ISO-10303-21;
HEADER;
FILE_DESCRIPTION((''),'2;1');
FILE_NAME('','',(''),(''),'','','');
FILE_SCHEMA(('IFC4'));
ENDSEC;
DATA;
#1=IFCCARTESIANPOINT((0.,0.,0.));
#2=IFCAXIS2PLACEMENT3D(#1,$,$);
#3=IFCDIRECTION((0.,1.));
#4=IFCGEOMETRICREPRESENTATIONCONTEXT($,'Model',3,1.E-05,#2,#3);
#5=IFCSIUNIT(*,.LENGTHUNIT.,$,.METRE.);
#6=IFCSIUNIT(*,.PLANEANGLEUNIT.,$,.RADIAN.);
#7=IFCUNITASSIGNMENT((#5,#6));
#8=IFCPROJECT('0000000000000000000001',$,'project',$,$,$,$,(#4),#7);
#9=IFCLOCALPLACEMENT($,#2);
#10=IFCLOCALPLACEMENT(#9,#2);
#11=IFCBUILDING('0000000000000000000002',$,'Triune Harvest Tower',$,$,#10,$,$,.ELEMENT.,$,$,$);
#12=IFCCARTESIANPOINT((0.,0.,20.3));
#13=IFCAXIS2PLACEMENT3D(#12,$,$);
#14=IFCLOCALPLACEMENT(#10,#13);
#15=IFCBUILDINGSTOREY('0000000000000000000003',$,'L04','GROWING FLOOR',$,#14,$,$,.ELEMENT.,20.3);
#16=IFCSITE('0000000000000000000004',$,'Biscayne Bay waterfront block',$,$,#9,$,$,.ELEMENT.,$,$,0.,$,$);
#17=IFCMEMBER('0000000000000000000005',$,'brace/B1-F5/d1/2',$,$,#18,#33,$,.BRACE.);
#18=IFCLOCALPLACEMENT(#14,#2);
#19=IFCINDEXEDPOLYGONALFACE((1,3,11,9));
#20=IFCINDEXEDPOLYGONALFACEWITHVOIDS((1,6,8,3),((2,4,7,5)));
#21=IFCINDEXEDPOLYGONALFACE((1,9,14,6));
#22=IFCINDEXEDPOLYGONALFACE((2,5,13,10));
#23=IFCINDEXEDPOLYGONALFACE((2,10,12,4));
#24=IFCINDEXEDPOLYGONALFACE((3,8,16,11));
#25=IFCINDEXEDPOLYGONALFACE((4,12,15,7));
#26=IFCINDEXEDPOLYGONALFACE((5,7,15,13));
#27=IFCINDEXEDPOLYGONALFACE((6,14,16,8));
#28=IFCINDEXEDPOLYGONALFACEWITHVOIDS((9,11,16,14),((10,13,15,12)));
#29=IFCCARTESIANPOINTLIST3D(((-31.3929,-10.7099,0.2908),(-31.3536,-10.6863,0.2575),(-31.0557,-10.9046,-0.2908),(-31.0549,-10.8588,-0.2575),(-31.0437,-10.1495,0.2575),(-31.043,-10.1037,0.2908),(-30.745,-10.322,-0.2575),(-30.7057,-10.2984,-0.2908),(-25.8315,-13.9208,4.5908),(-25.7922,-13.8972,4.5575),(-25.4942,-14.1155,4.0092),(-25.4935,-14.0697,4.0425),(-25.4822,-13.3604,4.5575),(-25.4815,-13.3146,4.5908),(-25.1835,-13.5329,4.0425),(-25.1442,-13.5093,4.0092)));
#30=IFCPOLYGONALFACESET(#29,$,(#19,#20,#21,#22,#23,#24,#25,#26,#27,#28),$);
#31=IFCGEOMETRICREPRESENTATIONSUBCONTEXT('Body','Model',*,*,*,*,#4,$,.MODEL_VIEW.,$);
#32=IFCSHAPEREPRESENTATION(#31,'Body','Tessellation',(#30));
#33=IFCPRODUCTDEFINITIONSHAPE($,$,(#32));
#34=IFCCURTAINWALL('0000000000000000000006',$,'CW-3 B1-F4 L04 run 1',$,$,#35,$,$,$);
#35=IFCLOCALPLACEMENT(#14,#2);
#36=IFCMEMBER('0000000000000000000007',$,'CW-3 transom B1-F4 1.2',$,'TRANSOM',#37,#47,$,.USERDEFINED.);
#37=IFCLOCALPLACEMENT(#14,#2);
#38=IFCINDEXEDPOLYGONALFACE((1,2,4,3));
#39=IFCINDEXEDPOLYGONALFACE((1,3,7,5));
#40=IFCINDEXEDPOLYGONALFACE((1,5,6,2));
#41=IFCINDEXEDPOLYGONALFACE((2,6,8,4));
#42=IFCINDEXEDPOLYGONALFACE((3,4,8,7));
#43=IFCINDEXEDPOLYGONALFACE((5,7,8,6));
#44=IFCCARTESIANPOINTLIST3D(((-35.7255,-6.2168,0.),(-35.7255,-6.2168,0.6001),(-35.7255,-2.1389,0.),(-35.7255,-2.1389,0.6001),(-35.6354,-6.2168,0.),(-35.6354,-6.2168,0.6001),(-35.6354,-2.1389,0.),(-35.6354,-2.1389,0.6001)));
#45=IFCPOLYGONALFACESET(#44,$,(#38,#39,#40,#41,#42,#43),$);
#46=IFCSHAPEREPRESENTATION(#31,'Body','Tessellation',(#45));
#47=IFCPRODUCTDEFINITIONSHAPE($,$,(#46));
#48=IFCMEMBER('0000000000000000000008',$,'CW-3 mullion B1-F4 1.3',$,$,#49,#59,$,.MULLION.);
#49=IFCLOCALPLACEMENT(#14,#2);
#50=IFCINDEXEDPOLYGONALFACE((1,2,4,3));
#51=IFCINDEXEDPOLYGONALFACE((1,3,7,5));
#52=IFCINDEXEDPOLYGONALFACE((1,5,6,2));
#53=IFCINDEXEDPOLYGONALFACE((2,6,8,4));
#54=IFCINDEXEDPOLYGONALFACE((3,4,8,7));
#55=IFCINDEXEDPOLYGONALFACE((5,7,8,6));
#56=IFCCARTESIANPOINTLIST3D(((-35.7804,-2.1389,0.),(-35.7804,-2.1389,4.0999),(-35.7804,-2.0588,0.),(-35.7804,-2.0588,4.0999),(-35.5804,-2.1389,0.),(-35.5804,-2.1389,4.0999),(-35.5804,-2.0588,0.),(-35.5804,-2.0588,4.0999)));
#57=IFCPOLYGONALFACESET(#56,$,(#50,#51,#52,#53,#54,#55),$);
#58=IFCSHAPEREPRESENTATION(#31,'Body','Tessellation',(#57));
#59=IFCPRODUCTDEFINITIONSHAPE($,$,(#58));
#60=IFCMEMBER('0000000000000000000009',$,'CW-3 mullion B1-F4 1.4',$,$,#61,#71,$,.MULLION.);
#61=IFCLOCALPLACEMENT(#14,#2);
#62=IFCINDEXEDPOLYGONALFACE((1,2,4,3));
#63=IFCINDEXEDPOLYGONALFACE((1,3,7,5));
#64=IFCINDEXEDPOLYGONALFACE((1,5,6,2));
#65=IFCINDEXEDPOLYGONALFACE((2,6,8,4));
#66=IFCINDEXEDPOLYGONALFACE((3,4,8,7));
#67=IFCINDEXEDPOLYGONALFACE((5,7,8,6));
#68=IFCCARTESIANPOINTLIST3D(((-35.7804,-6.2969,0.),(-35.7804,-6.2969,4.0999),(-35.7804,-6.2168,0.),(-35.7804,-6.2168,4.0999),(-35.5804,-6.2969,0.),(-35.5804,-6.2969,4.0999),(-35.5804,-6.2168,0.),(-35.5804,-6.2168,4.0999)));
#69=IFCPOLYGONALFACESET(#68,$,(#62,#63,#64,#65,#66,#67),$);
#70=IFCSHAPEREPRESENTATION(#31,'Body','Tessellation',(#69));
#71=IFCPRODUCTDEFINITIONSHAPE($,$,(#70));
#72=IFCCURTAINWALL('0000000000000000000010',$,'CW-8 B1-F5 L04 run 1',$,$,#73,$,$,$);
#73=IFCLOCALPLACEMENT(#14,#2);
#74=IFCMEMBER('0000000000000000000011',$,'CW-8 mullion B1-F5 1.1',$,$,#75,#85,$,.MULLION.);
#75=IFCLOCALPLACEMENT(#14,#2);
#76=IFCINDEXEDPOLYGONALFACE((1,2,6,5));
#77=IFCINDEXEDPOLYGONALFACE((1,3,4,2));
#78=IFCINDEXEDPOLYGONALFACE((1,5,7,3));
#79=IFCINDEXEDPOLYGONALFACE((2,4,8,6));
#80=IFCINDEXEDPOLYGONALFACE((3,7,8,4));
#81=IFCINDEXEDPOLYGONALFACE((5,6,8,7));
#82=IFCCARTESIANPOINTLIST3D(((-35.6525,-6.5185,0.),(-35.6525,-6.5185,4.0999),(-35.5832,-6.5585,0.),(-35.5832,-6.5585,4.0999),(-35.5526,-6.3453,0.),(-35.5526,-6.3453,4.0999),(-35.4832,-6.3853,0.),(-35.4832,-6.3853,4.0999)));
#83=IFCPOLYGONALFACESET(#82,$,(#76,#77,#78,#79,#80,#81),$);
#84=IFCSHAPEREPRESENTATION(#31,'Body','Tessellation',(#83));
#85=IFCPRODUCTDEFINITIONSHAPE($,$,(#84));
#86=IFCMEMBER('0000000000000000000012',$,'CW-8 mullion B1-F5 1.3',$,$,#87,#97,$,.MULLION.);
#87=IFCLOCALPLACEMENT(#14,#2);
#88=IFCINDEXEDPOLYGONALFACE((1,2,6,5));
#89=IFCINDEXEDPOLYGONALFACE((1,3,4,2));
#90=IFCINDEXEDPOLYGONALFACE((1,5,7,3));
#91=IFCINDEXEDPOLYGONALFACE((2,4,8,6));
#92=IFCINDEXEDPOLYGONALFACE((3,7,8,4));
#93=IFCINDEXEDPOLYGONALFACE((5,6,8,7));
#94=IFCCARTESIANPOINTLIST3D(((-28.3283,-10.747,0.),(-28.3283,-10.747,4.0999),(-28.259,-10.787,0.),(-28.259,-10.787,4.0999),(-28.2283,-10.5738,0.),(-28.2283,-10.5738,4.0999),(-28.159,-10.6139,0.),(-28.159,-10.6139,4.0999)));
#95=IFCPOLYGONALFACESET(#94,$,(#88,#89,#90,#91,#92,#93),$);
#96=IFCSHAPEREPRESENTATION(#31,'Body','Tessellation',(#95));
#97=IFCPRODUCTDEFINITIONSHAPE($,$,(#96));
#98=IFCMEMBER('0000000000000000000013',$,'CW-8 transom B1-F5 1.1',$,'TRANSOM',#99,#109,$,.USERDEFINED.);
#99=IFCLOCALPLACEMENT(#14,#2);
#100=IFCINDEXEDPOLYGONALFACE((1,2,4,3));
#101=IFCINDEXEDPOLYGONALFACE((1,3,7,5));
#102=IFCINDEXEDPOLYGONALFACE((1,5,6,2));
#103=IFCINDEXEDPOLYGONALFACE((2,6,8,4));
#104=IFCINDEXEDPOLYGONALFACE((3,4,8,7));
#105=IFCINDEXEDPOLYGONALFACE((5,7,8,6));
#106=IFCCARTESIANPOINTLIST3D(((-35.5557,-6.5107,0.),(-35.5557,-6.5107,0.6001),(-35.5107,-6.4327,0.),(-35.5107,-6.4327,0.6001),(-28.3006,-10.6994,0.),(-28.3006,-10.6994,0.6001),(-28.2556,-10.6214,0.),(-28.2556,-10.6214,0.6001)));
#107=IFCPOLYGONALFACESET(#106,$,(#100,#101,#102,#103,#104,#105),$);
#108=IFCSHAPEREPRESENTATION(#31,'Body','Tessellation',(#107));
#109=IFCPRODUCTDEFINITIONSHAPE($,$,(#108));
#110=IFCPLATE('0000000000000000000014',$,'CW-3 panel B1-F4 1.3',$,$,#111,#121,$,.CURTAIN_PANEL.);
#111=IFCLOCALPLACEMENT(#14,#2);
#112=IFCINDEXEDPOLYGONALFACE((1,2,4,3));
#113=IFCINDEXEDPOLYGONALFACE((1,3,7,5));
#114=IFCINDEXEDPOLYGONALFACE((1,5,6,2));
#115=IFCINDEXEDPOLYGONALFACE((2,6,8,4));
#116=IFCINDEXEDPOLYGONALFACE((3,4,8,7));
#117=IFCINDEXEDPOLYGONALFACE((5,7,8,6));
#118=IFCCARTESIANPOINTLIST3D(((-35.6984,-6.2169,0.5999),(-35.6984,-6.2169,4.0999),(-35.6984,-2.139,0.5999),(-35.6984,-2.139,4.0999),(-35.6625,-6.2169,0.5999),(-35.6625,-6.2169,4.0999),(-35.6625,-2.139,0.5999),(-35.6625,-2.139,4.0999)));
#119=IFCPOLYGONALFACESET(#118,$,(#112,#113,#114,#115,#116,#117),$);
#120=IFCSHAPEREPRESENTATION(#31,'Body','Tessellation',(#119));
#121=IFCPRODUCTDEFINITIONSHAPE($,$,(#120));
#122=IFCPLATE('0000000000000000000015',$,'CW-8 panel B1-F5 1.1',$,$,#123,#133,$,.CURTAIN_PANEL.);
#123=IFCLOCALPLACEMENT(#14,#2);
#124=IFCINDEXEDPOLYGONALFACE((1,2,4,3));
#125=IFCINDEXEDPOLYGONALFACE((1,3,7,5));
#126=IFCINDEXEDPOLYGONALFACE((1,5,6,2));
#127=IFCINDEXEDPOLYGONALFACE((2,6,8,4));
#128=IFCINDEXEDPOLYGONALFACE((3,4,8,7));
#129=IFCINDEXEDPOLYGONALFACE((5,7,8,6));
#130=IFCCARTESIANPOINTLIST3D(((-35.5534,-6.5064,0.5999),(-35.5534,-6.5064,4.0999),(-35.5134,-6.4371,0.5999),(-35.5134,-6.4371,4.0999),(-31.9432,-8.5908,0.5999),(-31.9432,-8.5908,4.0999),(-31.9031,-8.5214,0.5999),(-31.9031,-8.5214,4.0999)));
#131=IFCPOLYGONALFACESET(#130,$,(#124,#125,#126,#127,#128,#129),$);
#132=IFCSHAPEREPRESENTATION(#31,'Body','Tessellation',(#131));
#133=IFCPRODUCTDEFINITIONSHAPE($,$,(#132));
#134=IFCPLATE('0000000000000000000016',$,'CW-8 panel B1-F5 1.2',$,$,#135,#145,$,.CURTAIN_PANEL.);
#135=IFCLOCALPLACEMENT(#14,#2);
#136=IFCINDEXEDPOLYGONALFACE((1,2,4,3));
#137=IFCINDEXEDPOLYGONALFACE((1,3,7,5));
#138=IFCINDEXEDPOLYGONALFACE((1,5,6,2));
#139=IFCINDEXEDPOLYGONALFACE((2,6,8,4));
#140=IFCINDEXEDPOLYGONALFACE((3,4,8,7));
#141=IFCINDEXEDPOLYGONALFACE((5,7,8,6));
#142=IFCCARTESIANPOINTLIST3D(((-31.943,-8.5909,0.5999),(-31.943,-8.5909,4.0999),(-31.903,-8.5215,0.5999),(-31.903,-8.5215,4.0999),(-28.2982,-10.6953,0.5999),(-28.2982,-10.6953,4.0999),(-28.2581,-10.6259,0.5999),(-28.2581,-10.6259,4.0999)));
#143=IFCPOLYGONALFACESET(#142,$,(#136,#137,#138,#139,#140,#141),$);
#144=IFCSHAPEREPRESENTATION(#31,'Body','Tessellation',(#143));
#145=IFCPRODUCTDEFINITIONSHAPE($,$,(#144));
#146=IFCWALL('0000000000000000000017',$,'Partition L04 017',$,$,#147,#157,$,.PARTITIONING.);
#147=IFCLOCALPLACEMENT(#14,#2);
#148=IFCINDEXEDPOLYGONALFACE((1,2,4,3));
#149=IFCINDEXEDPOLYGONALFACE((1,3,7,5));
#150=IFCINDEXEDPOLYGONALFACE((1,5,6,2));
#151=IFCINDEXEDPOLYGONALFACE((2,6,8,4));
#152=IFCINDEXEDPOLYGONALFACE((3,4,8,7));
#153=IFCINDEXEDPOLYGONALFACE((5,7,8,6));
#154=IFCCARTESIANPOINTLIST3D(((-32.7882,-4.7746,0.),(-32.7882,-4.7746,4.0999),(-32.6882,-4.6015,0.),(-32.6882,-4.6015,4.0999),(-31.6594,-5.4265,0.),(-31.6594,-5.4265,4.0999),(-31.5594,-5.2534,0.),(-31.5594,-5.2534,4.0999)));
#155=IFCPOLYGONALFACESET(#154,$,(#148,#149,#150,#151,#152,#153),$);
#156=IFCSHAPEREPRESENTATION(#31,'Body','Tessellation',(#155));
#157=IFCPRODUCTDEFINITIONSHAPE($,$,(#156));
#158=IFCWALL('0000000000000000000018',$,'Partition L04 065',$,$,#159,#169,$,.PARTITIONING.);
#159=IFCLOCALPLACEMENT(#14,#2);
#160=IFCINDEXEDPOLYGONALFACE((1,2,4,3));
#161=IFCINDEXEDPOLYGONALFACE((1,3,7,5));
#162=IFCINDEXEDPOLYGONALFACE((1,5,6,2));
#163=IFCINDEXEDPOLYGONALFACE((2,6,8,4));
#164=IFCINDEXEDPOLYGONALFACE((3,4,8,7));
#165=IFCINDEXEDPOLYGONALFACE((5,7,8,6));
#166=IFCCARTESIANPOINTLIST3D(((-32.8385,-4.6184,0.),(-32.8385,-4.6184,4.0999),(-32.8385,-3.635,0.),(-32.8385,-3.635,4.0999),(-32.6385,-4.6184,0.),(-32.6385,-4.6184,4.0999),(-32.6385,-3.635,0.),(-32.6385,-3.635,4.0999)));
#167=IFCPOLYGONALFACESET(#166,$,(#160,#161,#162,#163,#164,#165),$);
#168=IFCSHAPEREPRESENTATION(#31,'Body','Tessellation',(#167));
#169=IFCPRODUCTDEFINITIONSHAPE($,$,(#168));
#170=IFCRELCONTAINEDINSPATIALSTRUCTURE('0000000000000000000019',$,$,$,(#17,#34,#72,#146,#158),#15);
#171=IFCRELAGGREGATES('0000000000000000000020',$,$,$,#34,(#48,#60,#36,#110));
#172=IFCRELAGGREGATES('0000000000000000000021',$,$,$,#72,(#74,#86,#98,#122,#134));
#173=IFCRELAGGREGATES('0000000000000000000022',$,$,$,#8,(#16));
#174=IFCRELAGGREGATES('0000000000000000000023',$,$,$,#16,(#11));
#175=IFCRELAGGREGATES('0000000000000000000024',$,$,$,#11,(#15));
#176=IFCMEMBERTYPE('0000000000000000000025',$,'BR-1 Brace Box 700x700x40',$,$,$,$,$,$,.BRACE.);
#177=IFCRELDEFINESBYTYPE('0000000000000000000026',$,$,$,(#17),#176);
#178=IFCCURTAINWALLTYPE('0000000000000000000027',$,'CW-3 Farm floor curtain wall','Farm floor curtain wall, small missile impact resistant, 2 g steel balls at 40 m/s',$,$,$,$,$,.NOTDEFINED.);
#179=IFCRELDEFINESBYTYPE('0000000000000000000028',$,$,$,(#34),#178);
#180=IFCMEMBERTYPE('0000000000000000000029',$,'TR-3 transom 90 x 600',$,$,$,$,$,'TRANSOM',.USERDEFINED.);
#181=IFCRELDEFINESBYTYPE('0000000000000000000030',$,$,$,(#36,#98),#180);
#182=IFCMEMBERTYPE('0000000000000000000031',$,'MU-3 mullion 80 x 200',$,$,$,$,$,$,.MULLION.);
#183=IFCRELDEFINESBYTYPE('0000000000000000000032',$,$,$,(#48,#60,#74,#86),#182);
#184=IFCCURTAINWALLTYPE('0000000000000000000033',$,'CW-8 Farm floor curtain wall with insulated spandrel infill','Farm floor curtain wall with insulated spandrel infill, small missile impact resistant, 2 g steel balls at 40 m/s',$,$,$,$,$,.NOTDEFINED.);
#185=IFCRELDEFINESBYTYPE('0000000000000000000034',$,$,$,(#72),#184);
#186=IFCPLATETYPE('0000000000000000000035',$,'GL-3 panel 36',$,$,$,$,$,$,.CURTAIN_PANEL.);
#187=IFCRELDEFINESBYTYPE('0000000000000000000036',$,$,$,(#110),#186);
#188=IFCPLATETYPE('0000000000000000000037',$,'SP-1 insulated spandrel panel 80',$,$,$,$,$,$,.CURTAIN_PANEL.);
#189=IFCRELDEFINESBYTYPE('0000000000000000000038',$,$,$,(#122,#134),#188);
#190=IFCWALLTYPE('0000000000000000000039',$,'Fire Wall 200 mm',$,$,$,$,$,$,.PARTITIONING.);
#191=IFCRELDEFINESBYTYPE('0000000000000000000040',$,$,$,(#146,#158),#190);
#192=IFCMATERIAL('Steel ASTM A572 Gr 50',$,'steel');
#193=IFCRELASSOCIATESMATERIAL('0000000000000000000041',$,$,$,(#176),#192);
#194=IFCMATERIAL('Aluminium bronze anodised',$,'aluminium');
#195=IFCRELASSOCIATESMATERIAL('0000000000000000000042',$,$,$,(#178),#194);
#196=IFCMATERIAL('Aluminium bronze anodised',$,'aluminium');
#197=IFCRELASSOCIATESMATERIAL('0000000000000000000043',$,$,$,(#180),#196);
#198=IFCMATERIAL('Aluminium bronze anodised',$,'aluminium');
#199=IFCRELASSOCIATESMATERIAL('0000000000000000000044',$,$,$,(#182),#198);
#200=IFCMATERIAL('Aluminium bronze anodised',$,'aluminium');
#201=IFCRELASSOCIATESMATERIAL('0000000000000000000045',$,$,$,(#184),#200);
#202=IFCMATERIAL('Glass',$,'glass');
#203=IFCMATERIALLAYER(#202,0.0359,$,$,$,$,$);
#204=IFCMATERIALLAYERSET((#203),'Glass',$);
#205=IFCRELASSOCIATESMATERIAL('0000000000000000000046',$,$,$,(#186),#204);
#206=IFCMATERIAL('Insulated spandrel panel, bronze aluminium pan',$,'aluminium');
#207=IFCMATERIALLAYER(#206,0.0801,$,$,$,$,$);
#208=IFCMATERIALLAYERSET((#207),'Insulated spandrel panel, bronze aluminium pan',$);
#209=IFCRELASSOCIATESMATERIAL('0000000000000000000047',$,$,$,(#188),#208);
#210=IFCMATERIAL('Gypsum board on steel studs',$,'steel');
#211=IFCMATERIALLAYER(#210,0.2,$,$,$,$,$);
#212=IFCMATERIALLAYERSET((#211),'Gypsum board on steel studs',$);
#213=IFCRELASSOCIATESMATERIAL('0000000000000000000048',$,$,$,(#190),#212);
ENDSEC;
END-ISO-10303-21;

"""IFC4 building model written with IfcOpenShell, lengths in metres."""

from ifc_helpers import new_model, si_unit, direction, frame, frame_2d, origin, origin_2d, place, context, subcontext, project, spatial, rectangle, hollow_rectangle, extrude, source, transform, mapped, material, layer, layer_set, material_profile, profile_set, type_object, element, aggregate, save


model = new_model("IFC4")

# Units and contexts
model_context = context("Model", 3, precision=1e-05, world=origin(), true_north=direction((0.0, 1.0)))
body_context = subcontext(model_context, "Body", "Model", "MODEL_VIEW")
ifc_project = project(units=[si_unit("LENGTHUNIT", "METRE"), si_unit("PLANEANGLEUNIT", "RADIAN")], contexts=[model_context])

# Site, building, storey
site_placement = place(None, origin())
site = spatial("IfcSite", under=ifc_project, at=site_placement, Name="Biscayne Bay waterfront block", CompositionType="ELEMENT", RefElevation=0.0)
building_placement = place(site_placement, origin())
building = spatial("IfcBuilding", under=site, at=building_placement, Name="Triune Harvest Tower", CompositionType="ELEMENT")
storey_placement = place(building_placement, frame((0.0, 0.0, 20.3)))
storey = spatial("IfcBuildingStorey", under=building, at=storey_placement, Name="L04", Description="GROWING FLOOR", CompositionType="ELEMENT", Elevation=20.3)

# Member
ifc_material_1 = material(Name="Steel ASTM A572 Gr 50", Category="steel")
ifc_material_profile_1 = material_profile(ifc_material_1, hollow_rectangle(XDim=0.7, YDim=0.7, WallThickness=0.04, at=origin_2d()), Name="Box 700x700x40")
ifc_profile_set_1 = profile_set([ifc_material_profile_1], Name="Steel ASTM A572 Gr 50")
member_type_1 = type_object("IfcMemberType", Name="BR-1 Brace Box 700x700x40", PredefinedType="BRACE", material=ifc_profile_set_1)
shared_shape_1 = source(origin(), body_context, "Body", "SweptSolid", [
    extrude(hollow_rectangle(XDim=0.7, YDim=0.7, WallThickness=0.04, at=origin_2d()), origin(), (0.0, 0.0, 1.0), 7.7285),
])
member_1_placement = place(storey_placement, frame((-31.0493, -10.5042, 0.0), z_axis=(0.719604, -0.415462, 0.556382), x_axis=(0.499999, 0.866026, 0.0)))
element("IfcMember", 1, at=member_1_placement, inside=storey, type_object=member_type_1, Name="brace/B1-F5/d1/2", PredefinedType="BRACE", context=body_context, shape_type="MappedRepresentation", body=[
    mapped(shared_shape_1, transform((0.0, 0.0, 0.0), scale=1.0)),
])

# Curtain walls, members
ifc_material_2 = material(Name="Aluminium bronze anodised", Category="aluminium")
curtain_wall_type_1 = type_object("IfcCurtainWallType", Name="CW-3 Farm floor curtain wall", Description="Farm floor curtain wall, small missile impact resistant, 2 g steel balls at 40 m/s", PredefinedType="NOTDEFINED", material=ifc_material_2)
curtain_wall_1_placement = place(storey_placement, origin())
curtain_wall_1 = element("IfcCurtainWall", 2, at=curtain_wall_1_placement, inside=storey, type_object=curtain_wall_type_1, Name="CW-3 B1-F4 L04 run 1")
ifc_material_3 = material(Name="Aluminium bronze anodised", Category="aluminium")
ifc_material_profile_2 = material_profile(ifc_material_3, rectangle(XDim=0.0901, YDim=0.6001, at=origin_2d()), Name="TR-3 transom 90 x 600")
ifc_profile_set_2 = profile_set([ifc_material_profile_2], Name="Aluminium bronze anodised")
member_type_2 = type_object("IfcMemberType", Name="TR-3 transom 90 x 600", ElementType="TRANSOM", PredefinedType="USERDEFINED", material=ifc_profile_set_2)
shared_shape_2 = source(origin(), body_context, "Body", "SweptSolid", [
    extrude(rectangle(XDim=0.0901, YDim=0.6001, at=origin_2d()), origin(), (0.0, 0.0, 1.0), 4.0779),
])
member_2_placement = place(storey_placement, frame((-35.6804, -2.1389, 0.3), z_axis=(0.0, -1.0, 0.0), x_axis=(1.0, 0.0, 0.0)))
member_2 = element("IfcMember", 3, at=member_2_placement, type_object=member_type_2, Name="CW-3 transom B1-F4 1.2", ObjectType="TRANSOM", PredefinedType="USERDEFINED", context=body_context, shape_type="MappedRepresentation", body=[
    mapped(shared_shape_2, transform((0.0, 0.0, 0.0), scale=1.0)),
])
ifc_material_4 = material(Name="Aluminium bronze anodised", Category="aluminium")
ifc_material_profile_3 = material_profile(ifc_material_4, rectangle(XDim=0.2, YDim=0.0801, at=origin_2d()), Name="MU-3 mullion 80 x 200")
ifc_profile_set_3 = profile_set([ifc_material_profile_3], Name="Aluminium bronze anodised")
member_type_3 = type_object("IfcMemberType", Name="MU-3 mullion 80 x 200", PredefinedType="MULLION", material=ifc_profile_set_3)
shared_shape_3 = source(origin(), body_context, "Body", "SweptSolid", [
    extrude(rectangle(XDim=0.2, YDim=0.0801, at=origin_2d()), origin(), (0.0, 0.0, 1.0), 4.0999),
])
member_3_placement = place(storey_placement, frame((-35.6804, -2.0989, 0.0), z_axis=(0.0, 0.0, 1.0), x_axis=(1.0, 0.0, 0.0)))
member_3 = element("IfcMember", 4, at=member_3_placement, type_object=member_type_3, Name="CW-3 mullion B1-F4 1.3", PredefinedType="MULLION", context=body_context, shape_type="MappedRepresentation", body=[
    mapped(shared_shape_3, transform((0.0, 0.0, 0.0), scale=1.0)),
])
member_4_placement = place(storey_placement, frame((-35.6804, -6.2568, 0.0), z_axis=(0.0, 0.0, 1.0), x_axis=(1.0, 0.0, 0.0)))
member_4 = element("IfcMember", 5, at=member_4_placement, type_object=member_type_3, Name="CW-3 mullion B1-F4 1.4", PredefinedType="MULLION", context=body_context, shape_type="MappedRepresentation", body=[
    mapped(shared_shape_3, transform((0.0, 0.0, 0.0), scale=1.0)),
])
ifc_material_5 = material(Name="Aluminium bronze anodised", Category="aluminium")
curtain_wall_type_2 = type_object("IfcCurtainWallType", Name="CW-8 Farm floor curtain wall with insulated spandrel infill", Description="Farm floor curtain wall with insulated spandrel infill, small missile impact resistant, 2 g steel balls at 40 m/s", PredefinedType="NOTDEFINED", material=ifc_material_5)
curtain_wall_2_placement = place(storey_placement, origin())
curtain_wall_2 = element("IfcCurtainWall", 6, at=curtain_wall_2_placement, inside=storey, type_object=curtain_wall_type_2, Name="CW-8 B1-F5 L04 run 1")
member_5_placement = place(storey_placement, frame((-35.5679, -6.4519, 0.0), z_axis=(0.0, 0.0, 1.0), x_axis=(0.499999, 0.866026, 0.0)))
member_5 = element("IfcMember", 7, at=member_5_placement, type_object=member_type_3, Name="CW-8 mullion B1-F5 1.1", PredefinedType="MULLION", context=body_context, shape_type="MappedRepresentation", body=[
    mapped(shared_shape_3, transform((0.0, 0.0, 0.0), scale=1.0)),
])
member_6_placement = place(storey_placement, frame((-28.2437, -10.6804, 0.0), z_axis=(0.0, 0.0, 1.0), x_axis=(0.499999, 0.866026, 0.0)))
member_6 = element("IfcMember", 8, at=member_6_placement, type_object=member_type_3, Name="CW-8 mullion B1-F5 1.3", PredefinedType="MULLION", context=body_context, shape_type="MappedRepresentation", body=[
    mapped(shared_shape_3, transform((0.0, 0.0, 0.0), scale=1.0)),
])
shared_shape_4 = source(origin(), body_context, "Body", "SweptSolid", [
    extrude(rectangle(XDim=0.0901, YDim=0.6001, at=origin_2d()), origin(), (0.0, 0.0, 1.0), 8.3774),
])
member_7_placement = place(storey_placement, frame((-35.5332, -6.4717, 0.3), z_axis=(0.866027, -0.499997, 0.0), x_axis=(0.499997, 0.866027, 0.0)))
member_7 = element("IfcMember", 9, at=member_7_placement, type_object=member_type_2, Name="CW-8 transom B1-F5 1.1", ObjectType="TRANSOM", PredefinedType="USERDEFINED", context=body_context, shape_type="MappedRepresentation", body=[
    mapped(shared_shape_4, transform((0.0, 0.0, 0.0), scale=1.0)),
])

# Plates
ifc_material_6 = material(Name="Glass", Category="glass")
ifc_layer_1 = layer(ifc_material_6, 0.0359)
ifc_layer_set_1 = layer_set([ifc_layer_1], Name="Glass")
plate_type_1 = type_object("IfcPlateType", Name="GL-3 panel 36", PredefinedType="CURTAIN_PANEL", material=ifc_layer_set_1)
shared_shape_5 = source(origin(), body_context, "Body", "SweptSolid", [
    extrude(rectangle(XDim=4.0779, YDim=0.0359, at=origin_2d()), origin(), (0.0, 0.0, 1.0), 3.5),
])
plate_1_placement = place(storey_placement, frame((-35.6804, -4.178, 0.5999), z_axis=(0.0, 0.0, 1.0), x_axis=(0.0, -1.0, 0.0)))
plate_1 = element("IfcPlate", 10, at=plate_1_placement, type_object=plate_type_1, Name="CW-3 panel B1-F4 1.3", PredefinedType="CURTAIN_PANEL", context=body_context, shape_type="MappedRepresentation", body=[
    mapped(shared_shape_5, transform((0.0, 0.0, 0.0), scale=1.0)),
])
aggregate(curtain_wall_1, [member_3, member_4, member_2, plate_1])
ifc_material_7 = material(Name="Insulated spandrel panel, bronze aluminium pan", Category="aluminium")
ifc_layer_2 = layer(ifc_material_7, 0.0801)
ifc_layer_set_2 = layer_set([ifc_layer_2], Name="Insulated spandrel panel, bronze aluminium pan")
plate_type_2 = type_object("IfcPlateType", Name="SP-1 insulated spandrel panel 80", PredefinedType="CURTAIN_PANEL", material=ifc_layer_set_2)
shared_shape_6 = source(origin(), body_context, "Body", "SweptSolid", [
    extrude(rectangle(XDim=4.1687, YDim=0.0801, at=origin_2d()), origin(), (0.0, 0.0, 1.0), 3.5),
])
plate_2_placement = place(storey_placement, frame((-33.7283, -7.5139, 0.5999), z_axis=(0.0, 0.0, 1.0), x_axis=(0.866026, -0.499999, 0.0)))
plate_2 = element("IfcPlate", 11, at=plate_2_placement, type_object=plate_type_2, Name="CW-8 panel B1-F5 1.1", PredefinedType="CURTAIN_PANEL", context=body_context, shape_type="MappedRepresentation", body=[
    mapped(shared_shape_6, transform((0.0, 0.0, 0.0), scale=1.0)),
])
shared_shape_7 = source(origin(), body_context, "Body", "SweptSolid", [
    extrude(rectangle(XDim=4.2087, YDim=0.0801, at=origin_2d()), origin(), (0.0, 0.0, 1.0), 3.5),
])
plate_3_placement = place(storey_placement, frame((-30.1006, -9.6084, 0.5999), z_axis=(0.0, 0.0, 1.0), x_axis=(0.866026, -0.499999, 0.0)))
plate_3 = element("IfcPlate", 12, at=plate_3_placement, type_object=plate_type_2, Name="CW-8 panel B1-F5 1.2", PredefinedType="CURTAIN_PANEL", context=body_context, shape_type="MappedRepresentation", body=[
    mapped(shared_shape_7, transform((0.0, 0.0, 0.0), scale=1.0)),
])
aggregate(curtain_wall_2, [member_5, member_6, member_7, plate_2, plate_3])

# Walls
ifc_material_8 = material(Name="Gypsum board on steel studs", Category="steel")
ifc_layer_3 = layer(ifc_material_8, 0.2)
ifc_layer_set_3 = layer_set([ifc_layer_3], Name="Gypsum board on steel studs")
wall_type_1 = type_object("IfcWallType", Name="Fire Wall 200 mm", PredefinedType="PARTITIONING", material=ifc_layer_set_3)
shared_shape_8 = source(origin(), body_context, "Body", "SweptSolid", [
    extrude(rectangle(XDim=1.3035, YDim=0.2, at=frame_2d((0.6519, 0.0))), origin(), (0.0, 0.0, 1.0), 4.0999),
])
wall_1_placement = place(storey_placement, frame((-32.7383, -4.688, 0.0), z_axis=(0.0, 0.0, 1.0), x_axis=(0.865952, -0.500128, 0.0)))
element("IfcWall", 13, at=wall_1_placement, inside=storey, type_object=wall_type_1, Name="Partition L04 017", PredefinedType="PARTITIONING", context=body_context, shape_type="MappedRepresentation", body=[
    mapped(shared_shape_8, transform((0.0, 0.0, 0.0), scale=1.0)),
])
shared_shape_9 = source(origin(), body_context, "Body", "SweptSolid", [
    extrude(rectangle(XDim=0.9834, YDim=0.2, at=frame_2d((0.4917, 0.0))), origin(), (0.0, 0.0, 1.0), 4.0999),
])
wall_2_placement = place(storey_placement, frame((-32.7385, -4.6184, 0.0), z_axis=(0.0, 0.0, 1.0), x_axis=(0.0, 1.0, 0.0)))
element("IfcWall", 14, at=wall_2_placement, inside=storey, type_object=wall_type_1, Name="Partition L04 065", PredefinedType="PARTITIONING", context=body_context, shape_type="MappedRepresentation", body=[
    mapped(shared_shape_9, transform((0.0, 0.0, 0.0), scale=1.0)),
])

save(model, "model.ifc")
